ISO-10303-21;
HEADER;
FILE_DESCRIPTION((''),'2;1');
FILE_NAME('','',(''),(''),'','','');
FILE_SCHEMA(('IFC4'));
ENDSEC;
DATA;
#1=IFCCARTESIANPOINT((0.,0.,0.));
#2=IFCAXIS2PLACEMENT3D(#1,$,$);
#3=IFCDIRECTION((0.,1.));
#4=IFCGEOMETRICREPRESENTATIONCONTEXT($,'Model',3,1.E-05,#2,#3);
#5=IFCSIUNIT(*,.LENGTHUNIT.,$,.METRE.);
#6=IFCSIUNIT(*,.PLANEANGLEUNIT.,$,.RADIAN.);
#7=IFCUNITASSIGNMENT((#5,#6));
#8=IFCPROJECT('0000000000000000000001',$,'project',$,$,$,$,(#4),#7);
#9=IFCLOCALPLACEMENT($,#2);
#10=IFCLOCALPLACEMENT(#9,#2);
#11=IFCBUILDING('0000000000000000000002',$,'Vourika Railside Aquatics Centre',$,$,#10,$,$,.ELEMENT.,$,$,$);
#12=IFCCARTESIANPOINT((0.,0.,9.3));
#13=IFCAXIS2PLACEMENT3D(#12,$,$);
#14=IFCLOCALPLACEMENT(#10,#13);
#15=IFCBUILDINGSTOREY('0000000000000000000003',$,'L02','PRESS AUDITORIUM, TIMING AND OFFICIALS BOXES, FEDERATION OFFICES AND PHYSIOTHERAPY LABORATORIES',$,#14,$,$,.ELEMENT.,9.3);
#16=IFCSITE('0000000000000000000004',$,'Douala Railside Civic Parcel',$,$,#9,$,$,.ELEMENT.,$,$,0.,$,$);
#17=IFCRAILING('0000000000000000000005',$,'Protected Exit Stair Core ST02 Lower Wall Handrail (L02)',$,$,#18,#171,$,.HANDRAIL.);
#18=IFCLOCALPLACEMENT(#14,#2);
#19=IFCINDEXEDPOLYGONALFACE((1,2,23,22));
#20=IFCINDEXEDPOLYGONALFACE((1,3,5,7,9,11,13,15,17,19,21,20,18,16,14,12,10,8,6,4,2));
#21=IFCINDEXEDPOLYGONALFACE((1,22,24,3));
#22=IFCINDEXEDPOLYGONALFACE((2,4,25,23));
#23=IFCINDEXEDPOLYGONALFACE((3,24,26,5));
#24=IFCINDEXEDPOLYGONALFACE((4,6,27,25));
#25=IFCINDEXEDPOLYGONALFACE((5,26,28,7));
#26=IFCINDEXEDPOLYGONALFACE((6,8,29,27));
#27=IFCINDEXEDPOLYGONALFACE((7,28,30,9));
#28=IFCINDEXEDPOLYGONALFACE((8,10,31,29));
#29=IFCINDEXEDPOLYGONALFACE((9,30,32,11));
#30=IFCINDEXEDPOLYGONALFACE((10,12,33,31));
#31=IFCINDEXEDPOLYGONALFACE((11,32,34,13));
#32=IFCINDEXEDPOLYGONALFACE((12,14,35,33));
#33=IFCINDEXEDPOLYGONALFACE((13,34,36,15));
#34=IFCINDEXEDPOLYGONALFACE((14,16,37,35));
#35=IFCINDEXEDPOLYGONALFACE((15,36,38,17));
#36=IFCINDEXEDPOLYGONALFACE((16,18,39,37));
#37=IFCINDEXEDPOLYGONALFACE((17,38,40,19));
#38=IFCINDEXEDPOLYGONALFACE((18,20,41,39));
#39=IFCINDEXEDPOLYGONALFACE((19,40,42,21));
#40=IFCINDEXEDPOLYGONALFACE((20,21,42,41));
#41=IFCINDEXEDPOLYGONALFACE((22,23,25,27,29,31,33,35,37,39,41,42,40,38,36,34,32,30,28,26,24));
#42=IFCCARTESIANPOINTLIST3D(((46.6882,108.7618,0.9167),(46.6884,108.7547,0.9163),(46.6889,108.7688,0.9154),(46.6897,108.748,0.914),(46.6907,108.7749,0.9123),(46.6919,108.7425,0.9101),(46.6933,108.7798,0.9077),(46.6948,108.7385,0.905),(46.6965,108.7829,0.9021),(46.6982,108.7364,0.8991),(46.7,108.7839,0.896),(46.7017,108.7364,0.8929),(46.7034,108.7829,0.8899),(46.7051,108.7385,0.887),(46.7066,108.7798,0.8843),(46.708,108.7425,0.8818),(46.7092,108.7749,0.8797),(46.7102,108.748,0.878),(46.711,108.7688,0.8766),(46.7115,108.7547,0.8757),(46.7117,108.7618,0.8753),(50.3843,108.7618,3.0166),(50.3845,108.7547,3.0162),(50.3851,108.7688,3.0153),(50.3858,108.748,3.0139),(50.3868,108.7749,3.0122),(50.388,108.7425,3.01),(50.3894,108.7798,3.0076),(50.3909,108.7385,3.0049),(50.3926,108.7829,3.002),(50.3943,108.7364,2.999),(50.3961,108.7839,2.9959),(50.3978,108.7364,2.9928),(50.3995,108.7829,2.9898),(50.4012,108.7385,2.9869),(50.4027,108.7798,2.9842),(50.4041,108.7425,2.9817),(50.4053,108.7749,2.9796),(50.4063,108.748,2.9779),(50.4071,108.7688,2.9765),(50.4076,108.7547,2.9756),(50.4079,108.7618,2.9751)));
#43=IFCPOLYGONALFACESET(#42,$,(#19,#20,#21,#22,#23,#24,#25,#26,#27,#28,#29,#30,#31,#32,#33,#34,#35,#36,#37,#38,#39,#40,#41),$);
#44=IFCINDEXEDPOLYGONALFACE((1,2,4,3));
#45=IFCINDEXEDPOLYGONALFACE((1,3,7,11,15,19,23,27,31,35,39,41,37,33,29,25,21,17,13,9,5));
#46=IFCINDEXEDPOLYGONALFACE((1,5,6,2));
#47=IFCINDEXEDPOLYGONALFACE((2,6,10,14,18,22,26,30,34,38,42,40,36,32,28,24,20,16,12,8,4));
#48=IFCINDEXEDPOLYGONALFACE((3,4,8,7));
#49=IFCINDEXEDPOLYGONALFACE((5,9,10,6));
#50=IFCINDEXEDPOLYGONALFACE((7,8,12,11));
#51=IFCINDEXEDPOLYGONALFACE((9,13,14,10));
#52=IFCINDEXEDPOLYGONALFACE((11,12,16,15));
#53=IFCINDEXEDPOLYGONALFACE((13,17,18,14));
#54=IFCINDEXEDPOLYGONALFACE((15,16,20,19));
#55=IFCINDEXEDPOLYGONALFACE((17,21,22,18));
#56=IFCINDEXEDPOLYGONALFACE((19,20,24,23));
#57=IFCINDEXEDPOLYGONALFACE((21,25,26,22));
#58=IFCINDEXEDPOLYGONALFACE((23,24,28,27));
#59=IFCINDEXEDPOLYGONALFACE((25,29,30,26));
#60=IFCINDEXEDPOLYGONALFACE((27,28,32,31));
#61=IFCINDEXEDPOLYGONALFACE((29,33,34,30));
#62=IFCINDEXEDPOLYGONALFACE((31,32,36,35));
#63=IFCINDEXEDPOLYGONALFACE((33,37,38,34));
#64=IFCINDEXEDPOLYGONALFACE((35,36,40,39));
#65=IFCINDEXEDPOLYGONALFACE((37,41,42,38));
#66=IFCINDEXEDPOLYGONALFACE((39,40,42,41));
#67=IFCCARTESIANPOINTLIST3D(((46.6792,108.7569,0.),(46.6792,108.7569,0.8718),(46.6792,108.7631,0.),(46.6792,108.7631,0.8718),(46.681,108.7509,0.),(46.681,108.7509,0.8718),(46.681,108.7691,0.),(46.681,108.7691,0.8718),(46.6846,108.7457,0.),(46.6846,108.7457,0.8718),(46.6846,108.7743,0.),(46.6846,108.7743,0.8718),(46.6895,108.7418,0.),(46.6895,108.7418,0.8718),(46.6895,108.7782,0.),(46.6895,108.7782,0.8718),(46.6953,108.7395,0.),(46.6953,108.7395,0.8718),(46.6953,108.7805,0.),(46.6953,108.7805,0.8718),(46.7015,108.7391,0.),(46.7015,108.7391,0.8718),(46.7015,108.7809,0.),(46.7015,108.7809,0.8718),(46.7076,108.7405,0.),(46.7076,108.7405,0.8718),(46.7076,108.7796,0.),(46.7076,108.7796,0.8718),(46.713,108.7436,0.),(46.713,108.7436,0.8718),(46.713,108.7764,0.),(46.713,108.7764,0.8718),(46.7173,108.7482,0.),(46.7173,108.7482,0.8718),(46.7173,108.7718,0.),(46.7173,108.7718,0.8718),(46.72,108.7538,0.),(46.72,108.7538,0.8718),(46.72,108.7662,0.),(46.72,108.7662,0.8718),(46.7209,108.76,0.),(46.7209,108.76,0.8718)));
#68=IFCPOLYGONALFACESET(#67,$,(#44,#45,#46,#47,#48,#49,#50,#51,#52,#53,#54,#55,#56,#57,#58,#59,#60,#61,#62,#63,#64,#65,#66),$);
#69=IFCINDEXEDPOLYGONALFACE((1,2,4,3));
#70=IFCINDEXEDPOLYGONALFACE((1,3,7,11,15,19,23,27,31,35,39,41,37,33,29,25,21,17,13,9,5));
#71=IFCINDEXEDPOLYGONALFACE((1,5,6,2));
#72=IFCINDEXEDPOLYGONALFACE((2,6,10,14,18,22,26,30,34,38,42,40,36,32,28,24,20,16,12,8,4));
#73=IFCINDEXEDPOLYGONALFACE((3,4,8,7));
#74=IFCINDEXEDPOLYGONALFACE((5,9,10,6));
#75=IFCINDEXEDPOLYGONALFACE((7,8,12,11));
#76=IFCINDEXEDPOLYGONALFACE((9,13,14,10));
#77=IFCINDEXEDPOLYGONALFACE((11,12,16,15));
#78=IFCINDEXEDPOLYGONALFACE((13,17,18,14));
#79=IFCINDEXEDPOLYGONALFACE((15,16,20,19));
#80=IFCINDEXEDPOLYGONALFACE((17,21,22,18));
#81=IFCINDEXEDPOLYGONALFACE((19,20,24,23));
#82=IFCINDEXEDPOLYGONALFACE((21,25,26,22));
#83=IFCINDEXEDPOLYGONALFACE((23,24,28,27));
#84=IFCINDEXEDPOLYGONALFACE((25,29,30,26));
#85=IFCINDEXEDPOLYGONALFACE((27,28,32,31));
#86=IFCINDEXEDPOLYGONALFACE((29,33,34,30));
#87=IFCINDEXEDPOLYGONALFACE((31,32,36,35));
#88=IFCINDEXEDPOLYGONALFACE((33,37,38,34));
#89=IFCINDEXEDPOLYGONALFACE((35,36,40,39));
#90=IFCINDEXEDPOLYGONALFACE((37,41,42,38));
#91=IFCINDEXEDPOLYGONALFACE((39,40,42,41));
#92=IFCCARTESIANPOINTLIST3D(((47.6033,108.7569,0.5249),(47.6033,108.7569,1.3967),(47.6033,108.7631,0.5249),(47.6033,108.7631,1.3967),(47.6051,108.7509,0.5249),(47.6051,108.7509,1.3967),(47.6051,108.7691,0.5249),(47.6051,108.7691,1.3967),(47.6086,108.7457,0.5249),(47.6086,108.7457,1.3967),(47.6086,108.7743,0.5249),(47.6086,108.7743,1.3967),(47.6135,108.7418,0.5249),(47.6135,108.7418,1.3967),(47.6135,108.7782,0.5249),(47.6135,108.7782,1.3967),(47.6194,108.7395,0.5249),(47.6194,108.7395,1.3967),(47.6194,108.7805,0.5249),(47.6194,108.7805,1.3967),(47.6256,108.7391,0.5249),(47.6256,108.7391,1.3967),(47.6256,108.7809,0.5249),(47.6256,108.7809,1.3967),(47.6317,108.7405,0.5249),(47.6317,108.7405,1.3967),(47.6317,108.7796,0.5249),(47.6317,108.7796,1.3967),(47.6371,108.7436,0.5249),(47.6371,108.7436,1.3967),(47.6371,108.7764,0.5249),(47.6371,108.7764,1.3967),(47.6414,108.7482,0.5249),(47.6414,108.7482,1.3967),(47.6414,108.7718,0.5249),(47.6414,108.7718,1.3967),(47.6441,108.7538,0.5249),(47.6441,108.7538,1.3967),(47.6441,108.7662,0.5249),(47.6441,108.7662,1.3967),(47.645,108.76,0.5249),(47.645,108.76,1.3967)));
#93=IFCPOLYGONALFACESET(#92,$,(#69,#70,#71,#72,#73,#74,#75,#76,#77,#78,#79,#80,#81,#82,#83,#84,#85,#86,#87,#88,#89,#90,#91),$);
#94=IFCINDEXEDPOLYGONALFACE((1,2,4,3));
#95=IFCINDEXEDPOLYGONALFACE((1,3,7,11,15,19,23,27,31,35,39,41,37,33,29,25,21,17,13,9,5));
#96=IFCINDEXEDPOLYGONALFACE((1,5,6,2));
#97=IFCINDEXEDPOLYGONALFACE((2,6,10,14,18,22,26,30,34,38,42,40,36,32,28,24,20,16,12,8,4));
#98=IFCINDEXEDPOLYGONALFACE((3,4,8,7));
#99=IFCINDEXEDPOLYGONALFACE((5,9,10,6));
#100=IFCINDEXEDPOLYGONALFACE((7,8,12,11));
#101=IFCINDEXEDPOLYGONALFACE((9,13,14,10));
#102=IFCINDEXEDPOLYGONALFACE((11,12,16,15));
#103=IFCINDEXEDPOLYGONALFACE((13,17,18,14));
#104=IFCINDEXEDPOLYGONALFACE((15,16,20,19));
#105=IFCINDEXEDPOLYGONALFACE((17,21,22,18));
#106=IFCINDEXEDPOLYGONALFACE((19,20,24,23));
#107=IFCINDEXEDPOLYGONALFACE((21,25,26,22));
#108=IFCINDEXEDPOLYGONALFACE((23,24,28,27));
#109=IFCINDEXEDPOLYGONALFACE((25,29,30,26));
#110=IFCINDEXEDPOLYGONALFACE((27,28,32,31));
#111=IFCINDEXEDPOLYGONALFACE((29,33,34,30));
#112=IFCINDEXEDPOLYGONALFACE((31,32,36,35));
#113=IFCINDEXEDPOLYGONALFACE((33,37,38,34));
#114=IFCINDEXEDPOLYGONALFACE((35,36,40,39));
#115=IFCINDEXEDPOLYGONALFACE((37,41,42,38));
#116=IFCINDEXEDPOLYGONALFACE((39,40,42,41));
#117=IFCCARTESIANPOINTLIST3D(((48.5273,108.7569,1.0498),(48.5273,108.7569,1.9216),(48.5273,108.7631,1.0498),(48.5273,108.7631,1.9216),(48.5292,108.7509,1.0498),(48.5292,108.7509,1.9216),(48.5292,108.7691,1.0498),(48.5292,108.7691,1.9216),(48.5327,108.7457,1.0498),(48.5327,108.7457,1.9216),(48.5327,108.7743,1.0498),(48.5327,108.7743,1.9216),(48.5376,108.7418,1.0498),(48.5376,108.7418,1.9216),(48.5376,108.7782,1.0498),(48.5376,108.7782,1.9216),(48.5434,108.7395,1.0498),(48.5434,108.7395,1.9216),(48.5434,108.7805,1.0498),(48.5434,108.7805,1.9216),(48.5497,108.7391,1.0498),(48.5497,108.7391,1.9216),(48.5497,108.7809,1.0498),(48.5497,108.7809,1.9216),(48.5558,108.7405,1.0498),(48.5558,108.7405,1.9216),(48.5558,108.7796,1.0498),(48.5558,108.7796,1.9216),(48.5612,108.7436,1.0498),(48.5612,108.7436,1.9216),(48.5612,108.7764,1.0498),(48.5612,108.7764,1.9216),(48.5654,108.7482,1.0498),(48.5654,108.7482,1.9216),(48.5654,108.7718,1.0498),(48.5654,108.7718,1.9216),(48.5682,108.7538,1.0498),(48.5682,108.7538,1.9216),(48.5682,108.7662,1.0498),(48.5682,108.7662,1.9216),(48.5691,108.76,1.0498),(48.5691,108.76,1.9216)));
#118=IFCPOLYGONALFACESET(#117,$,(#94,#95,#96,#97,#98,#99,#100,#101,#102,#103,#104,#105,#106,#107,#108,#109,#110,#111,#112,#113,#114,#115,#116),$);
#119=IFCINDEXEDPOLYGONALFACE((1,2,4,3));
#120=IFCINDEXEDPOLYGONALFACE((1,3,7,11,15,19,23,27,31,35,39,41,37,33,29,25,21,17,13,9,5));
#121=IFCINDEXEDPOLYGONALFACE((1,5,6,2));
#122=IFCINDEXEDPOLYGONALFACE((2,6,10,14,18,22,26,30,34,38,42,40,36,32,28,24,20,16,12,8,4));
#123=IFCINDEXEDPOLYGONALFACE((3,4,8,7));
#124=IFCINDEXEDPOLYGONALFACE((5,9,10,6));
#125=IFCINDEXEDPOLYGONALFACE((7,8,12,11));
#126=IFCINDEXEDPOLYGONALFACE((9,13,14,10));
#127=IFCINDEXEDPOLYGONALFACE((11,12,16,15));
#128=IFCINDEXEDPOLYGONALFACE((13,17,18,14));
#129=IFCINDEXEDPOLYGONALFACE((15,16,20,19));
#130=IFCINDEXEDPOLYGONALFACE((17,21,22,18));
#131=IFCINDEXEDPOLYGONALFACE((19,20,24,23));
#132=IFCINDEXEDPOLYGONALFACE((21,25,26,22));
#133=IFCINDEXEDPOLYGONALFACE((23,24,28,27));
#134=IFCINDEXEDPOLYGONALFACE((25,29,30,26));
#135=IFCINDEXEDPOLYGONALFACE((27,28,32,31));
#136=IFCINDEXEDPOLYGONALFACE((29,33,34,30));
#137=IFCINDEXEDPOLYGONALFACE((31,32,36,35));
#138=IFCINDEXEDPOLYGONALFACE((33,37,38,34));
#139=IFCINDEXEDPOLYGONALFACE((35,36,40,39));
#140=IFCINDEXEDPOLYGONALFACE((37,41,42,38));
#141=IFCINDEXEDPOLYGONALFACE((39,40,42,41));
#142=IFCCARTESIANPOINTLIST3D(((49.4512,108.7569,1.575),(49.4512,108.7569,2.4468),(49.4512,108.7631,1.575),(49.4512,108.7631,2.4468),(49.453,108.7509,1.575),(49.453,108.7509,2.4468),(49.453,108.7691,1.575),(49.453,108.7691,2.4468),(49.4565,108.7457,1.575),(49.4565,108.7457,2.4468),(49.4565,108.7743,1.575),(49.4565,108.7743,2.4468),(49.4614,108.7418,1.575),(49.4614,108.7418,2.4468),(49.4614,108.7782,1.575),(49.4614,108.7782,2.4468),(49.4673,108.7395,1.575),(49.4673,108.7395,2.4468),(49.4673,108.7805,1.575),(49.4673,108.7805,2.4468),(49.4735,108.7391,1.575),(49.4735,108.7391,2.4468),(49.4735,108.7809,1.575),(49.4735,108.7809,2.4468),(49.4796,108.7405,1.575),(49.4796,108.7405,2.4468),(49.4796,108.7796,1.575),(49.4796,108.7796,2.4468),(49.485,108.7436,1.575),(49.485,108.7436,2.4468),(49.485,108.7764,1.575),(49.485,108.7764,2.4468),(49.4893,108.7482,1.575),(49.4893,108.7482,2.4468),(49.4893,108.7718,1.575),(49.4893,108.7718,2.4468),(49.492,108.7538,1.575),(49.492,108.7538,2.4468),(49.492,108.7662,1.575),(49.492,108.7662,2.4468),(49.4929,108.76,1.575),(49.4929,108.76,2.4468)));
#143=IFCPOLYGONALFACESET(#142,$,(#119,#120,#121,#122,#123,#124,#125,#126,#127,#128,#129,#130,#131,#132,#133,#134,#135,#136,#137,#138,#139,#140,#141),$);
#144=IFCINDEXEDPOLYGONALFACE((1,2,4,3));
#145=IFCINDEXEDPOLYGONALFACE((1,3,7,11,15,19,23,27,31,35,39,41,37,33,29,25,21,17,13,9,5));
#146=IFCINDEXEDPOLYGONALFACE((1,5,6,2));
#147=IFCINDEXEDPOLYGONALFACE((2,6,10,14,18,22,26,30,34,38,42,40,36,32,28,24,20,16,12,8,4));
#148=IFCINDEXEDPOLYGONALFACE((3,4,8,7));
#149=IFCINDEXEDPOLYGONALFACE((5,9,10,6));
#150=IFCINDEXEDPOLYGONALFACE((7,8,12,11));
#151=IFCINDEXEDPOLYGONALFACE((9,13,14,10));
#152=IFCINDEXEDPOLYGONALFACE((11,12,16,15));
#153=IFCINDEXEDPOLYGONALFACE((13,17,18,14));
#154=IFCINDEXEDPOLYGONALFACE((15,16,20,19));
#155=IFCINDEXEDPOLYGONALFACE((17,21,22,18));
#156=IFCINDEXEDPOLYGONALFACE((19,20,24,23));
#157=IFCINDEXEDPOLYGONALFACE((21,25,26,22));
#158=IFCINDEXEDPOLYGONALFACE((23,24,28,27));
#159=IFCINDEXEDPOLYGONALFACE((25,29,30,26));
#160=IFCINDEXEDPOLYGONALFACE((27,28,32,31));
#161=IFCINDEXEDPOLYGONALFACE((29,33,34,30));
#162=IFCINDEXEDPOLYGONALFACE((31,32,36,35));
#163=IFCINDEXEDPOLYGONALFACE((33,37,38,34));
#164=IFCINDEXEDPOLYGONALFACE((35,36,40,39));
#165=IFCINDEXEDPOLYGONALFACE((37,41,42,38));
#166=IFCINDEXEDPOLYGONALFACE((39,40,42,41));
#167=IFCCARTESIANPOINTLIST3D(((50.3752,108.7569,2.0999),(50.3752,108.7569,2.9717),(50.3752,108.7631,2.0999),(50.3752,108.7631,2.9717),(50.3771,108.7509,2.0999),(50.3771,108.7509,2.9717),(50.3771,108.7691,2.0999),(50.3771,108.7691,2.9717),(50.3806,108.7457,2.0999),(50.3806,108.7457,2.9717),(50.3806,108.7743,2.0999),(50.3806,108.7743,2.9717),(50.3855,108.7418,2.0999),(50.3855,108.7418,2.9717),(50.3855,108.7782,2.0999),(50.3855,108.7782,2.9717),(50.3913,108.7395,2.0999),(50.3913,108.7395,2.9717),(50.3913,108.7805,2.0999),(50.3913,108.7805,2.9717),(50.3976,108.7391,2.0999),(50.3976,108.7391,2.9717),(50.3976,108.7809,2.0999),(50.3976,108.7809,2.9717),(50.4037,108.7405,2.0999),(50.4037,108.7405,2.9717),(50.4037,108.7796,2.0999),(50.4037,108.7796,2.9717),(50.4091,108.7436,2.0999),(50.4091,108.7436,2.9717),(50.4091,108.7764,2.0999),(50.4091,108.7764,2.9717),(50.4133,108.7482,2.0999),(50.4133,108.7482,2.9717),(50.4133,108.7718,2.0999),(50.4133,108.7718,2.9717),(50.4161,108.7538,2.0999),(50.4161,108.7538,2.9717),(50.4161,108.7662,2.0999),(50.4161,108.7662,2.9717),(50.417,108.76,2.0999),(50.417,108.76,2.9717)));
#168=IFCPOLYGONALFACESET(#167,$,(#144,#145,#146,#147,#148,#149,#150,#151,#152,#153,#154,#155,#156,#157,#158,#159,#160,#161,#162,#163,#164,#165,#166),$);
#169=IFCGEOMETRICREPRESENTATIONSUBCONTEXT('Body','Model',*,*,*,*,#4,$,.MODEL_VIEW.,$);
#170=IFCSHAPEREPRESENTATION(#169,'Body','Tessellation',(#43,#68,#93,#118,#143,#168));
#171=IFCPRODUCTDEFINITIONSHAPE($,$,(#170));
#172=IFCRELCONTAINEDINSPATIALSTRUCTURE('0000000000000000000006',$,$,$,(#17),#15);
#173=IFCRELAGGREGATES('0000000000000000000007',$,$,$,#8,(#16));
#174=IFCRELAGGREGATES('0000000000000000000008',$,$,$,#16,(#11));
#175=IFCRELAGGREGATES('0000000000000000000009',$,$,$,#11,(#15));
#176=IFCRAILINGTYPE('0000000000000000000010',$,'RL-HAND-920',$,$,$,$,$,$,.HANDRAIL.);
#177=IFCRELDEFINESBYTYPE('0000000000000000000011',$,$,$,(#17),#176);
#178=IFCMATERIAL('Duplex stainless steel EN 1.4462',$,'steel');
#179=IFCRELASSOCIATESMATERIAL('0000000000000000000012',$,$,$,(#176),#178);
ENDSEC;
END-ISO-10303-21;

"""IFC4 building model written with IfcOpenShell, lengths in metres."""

from ifc_helpers import new_model, si_unit, direction, frame, origin, origin_2d, place, context, subcontext, project, spatial, circle, extrude, material, type_object, element, save


model = new_model("IFC4")

# Units and contexts
model_context = context("Model", 3, precision=1e-05, world=origin(), true_north=direction((0.0, 1.0)))
body_context = subcontext(model_context, "Body", "Model", "MODEL_VIEW")
ifc_project = project(units=[si_unit("LENGTHUNIT", "METRE"), si_unit("PLANEANGLEUNIT", "RADIAN")], contexts=[model_context])

# Site, building, storey
site_placement = place(None, origin())
site = spatial("IfcSite", under=ifc_project, at=site_placement, Name="Douala Railside Civic Parcel", CompositionType="ELEMENT", RefElevation=0.0)
building_placement = place(site_placement, origin())
building = spatial("IfcBuilding", under=site, at=building_placement, Name="Vourika Railside Aquatics Centre", CompositionType="ELEMENT")
storey_placement = place(building_placement, frame((0.0, 0.0, 9.3)))
storey = spatial("IfcBuildingStorey", under=building, at=storey_placement, Name="L02", Description="PRESS AUDITORIUM, TIMING AND OFFICIALS BOXES, FEDERATION OFFICES AND PHYSIOTHERAPY LABORATORIES", CompositionType="ELEMENT", Elevation=9.3)

# Railing
ifc_material_1 = material(Name="Duplex stainless steel EN 1.4462", Category="steel")
railing_type_1 = type_object("IfcRailingType", Name="RL-HAND-920", PredefinedType="HANDRAIL", material=ifc_material_1)
railing_1_placement = place(storey_placement, frame((46.7, 108.76, 0.0)))
element("IfcRailing", 1, at=railing_1_placement, inside=storey, type_object=railing_type_1, Name="Protected Exit Stair Core ST02 Lower Wall Handrail (L02)", PredefinedType="HANDRAIL", context=body_context, shape_type="SweptSolid", body=[
    extrude(circle(Radius=0.0239, at=origin_2d()), frame((0.0, 0.0, 0.896), z_axis=(0.869474, 0.0, 0.493979), x_axis=(0.0, 1.0, 0.0)), (0.0, 0.0, 1.0), 4.251),
    extrude(circle(Radius=0.021, at=origin_2d()), origin(), (0.0, 0.0, 1.0), 0.8718),
    extrude(circle(Radius=0.021, at=origin_2d()), frame((0.9241, 0.0, 0.5249)), (0.0, 0.0, 1.0), 0.8718),
    extrude(circle(Radius=0.021, at=origin_2d()), frame((1.8481, 0.0, 1.0498)), (0.0, 0.0, 1.0), 0.8718),
    extrude(circle(Radius=0.021, at=origin_2d()), frame((2.772, 0.0, 1.575)), (0.0, 0.0, 1.0), 0.8718),
    extrude(circle(Radius=0.021, at=origin_2d()), frame((3.696, 0.0, 2.0999)), (0.0, 0.0, 1.0), 0.8718),
])

save(model, "model.ifc")
